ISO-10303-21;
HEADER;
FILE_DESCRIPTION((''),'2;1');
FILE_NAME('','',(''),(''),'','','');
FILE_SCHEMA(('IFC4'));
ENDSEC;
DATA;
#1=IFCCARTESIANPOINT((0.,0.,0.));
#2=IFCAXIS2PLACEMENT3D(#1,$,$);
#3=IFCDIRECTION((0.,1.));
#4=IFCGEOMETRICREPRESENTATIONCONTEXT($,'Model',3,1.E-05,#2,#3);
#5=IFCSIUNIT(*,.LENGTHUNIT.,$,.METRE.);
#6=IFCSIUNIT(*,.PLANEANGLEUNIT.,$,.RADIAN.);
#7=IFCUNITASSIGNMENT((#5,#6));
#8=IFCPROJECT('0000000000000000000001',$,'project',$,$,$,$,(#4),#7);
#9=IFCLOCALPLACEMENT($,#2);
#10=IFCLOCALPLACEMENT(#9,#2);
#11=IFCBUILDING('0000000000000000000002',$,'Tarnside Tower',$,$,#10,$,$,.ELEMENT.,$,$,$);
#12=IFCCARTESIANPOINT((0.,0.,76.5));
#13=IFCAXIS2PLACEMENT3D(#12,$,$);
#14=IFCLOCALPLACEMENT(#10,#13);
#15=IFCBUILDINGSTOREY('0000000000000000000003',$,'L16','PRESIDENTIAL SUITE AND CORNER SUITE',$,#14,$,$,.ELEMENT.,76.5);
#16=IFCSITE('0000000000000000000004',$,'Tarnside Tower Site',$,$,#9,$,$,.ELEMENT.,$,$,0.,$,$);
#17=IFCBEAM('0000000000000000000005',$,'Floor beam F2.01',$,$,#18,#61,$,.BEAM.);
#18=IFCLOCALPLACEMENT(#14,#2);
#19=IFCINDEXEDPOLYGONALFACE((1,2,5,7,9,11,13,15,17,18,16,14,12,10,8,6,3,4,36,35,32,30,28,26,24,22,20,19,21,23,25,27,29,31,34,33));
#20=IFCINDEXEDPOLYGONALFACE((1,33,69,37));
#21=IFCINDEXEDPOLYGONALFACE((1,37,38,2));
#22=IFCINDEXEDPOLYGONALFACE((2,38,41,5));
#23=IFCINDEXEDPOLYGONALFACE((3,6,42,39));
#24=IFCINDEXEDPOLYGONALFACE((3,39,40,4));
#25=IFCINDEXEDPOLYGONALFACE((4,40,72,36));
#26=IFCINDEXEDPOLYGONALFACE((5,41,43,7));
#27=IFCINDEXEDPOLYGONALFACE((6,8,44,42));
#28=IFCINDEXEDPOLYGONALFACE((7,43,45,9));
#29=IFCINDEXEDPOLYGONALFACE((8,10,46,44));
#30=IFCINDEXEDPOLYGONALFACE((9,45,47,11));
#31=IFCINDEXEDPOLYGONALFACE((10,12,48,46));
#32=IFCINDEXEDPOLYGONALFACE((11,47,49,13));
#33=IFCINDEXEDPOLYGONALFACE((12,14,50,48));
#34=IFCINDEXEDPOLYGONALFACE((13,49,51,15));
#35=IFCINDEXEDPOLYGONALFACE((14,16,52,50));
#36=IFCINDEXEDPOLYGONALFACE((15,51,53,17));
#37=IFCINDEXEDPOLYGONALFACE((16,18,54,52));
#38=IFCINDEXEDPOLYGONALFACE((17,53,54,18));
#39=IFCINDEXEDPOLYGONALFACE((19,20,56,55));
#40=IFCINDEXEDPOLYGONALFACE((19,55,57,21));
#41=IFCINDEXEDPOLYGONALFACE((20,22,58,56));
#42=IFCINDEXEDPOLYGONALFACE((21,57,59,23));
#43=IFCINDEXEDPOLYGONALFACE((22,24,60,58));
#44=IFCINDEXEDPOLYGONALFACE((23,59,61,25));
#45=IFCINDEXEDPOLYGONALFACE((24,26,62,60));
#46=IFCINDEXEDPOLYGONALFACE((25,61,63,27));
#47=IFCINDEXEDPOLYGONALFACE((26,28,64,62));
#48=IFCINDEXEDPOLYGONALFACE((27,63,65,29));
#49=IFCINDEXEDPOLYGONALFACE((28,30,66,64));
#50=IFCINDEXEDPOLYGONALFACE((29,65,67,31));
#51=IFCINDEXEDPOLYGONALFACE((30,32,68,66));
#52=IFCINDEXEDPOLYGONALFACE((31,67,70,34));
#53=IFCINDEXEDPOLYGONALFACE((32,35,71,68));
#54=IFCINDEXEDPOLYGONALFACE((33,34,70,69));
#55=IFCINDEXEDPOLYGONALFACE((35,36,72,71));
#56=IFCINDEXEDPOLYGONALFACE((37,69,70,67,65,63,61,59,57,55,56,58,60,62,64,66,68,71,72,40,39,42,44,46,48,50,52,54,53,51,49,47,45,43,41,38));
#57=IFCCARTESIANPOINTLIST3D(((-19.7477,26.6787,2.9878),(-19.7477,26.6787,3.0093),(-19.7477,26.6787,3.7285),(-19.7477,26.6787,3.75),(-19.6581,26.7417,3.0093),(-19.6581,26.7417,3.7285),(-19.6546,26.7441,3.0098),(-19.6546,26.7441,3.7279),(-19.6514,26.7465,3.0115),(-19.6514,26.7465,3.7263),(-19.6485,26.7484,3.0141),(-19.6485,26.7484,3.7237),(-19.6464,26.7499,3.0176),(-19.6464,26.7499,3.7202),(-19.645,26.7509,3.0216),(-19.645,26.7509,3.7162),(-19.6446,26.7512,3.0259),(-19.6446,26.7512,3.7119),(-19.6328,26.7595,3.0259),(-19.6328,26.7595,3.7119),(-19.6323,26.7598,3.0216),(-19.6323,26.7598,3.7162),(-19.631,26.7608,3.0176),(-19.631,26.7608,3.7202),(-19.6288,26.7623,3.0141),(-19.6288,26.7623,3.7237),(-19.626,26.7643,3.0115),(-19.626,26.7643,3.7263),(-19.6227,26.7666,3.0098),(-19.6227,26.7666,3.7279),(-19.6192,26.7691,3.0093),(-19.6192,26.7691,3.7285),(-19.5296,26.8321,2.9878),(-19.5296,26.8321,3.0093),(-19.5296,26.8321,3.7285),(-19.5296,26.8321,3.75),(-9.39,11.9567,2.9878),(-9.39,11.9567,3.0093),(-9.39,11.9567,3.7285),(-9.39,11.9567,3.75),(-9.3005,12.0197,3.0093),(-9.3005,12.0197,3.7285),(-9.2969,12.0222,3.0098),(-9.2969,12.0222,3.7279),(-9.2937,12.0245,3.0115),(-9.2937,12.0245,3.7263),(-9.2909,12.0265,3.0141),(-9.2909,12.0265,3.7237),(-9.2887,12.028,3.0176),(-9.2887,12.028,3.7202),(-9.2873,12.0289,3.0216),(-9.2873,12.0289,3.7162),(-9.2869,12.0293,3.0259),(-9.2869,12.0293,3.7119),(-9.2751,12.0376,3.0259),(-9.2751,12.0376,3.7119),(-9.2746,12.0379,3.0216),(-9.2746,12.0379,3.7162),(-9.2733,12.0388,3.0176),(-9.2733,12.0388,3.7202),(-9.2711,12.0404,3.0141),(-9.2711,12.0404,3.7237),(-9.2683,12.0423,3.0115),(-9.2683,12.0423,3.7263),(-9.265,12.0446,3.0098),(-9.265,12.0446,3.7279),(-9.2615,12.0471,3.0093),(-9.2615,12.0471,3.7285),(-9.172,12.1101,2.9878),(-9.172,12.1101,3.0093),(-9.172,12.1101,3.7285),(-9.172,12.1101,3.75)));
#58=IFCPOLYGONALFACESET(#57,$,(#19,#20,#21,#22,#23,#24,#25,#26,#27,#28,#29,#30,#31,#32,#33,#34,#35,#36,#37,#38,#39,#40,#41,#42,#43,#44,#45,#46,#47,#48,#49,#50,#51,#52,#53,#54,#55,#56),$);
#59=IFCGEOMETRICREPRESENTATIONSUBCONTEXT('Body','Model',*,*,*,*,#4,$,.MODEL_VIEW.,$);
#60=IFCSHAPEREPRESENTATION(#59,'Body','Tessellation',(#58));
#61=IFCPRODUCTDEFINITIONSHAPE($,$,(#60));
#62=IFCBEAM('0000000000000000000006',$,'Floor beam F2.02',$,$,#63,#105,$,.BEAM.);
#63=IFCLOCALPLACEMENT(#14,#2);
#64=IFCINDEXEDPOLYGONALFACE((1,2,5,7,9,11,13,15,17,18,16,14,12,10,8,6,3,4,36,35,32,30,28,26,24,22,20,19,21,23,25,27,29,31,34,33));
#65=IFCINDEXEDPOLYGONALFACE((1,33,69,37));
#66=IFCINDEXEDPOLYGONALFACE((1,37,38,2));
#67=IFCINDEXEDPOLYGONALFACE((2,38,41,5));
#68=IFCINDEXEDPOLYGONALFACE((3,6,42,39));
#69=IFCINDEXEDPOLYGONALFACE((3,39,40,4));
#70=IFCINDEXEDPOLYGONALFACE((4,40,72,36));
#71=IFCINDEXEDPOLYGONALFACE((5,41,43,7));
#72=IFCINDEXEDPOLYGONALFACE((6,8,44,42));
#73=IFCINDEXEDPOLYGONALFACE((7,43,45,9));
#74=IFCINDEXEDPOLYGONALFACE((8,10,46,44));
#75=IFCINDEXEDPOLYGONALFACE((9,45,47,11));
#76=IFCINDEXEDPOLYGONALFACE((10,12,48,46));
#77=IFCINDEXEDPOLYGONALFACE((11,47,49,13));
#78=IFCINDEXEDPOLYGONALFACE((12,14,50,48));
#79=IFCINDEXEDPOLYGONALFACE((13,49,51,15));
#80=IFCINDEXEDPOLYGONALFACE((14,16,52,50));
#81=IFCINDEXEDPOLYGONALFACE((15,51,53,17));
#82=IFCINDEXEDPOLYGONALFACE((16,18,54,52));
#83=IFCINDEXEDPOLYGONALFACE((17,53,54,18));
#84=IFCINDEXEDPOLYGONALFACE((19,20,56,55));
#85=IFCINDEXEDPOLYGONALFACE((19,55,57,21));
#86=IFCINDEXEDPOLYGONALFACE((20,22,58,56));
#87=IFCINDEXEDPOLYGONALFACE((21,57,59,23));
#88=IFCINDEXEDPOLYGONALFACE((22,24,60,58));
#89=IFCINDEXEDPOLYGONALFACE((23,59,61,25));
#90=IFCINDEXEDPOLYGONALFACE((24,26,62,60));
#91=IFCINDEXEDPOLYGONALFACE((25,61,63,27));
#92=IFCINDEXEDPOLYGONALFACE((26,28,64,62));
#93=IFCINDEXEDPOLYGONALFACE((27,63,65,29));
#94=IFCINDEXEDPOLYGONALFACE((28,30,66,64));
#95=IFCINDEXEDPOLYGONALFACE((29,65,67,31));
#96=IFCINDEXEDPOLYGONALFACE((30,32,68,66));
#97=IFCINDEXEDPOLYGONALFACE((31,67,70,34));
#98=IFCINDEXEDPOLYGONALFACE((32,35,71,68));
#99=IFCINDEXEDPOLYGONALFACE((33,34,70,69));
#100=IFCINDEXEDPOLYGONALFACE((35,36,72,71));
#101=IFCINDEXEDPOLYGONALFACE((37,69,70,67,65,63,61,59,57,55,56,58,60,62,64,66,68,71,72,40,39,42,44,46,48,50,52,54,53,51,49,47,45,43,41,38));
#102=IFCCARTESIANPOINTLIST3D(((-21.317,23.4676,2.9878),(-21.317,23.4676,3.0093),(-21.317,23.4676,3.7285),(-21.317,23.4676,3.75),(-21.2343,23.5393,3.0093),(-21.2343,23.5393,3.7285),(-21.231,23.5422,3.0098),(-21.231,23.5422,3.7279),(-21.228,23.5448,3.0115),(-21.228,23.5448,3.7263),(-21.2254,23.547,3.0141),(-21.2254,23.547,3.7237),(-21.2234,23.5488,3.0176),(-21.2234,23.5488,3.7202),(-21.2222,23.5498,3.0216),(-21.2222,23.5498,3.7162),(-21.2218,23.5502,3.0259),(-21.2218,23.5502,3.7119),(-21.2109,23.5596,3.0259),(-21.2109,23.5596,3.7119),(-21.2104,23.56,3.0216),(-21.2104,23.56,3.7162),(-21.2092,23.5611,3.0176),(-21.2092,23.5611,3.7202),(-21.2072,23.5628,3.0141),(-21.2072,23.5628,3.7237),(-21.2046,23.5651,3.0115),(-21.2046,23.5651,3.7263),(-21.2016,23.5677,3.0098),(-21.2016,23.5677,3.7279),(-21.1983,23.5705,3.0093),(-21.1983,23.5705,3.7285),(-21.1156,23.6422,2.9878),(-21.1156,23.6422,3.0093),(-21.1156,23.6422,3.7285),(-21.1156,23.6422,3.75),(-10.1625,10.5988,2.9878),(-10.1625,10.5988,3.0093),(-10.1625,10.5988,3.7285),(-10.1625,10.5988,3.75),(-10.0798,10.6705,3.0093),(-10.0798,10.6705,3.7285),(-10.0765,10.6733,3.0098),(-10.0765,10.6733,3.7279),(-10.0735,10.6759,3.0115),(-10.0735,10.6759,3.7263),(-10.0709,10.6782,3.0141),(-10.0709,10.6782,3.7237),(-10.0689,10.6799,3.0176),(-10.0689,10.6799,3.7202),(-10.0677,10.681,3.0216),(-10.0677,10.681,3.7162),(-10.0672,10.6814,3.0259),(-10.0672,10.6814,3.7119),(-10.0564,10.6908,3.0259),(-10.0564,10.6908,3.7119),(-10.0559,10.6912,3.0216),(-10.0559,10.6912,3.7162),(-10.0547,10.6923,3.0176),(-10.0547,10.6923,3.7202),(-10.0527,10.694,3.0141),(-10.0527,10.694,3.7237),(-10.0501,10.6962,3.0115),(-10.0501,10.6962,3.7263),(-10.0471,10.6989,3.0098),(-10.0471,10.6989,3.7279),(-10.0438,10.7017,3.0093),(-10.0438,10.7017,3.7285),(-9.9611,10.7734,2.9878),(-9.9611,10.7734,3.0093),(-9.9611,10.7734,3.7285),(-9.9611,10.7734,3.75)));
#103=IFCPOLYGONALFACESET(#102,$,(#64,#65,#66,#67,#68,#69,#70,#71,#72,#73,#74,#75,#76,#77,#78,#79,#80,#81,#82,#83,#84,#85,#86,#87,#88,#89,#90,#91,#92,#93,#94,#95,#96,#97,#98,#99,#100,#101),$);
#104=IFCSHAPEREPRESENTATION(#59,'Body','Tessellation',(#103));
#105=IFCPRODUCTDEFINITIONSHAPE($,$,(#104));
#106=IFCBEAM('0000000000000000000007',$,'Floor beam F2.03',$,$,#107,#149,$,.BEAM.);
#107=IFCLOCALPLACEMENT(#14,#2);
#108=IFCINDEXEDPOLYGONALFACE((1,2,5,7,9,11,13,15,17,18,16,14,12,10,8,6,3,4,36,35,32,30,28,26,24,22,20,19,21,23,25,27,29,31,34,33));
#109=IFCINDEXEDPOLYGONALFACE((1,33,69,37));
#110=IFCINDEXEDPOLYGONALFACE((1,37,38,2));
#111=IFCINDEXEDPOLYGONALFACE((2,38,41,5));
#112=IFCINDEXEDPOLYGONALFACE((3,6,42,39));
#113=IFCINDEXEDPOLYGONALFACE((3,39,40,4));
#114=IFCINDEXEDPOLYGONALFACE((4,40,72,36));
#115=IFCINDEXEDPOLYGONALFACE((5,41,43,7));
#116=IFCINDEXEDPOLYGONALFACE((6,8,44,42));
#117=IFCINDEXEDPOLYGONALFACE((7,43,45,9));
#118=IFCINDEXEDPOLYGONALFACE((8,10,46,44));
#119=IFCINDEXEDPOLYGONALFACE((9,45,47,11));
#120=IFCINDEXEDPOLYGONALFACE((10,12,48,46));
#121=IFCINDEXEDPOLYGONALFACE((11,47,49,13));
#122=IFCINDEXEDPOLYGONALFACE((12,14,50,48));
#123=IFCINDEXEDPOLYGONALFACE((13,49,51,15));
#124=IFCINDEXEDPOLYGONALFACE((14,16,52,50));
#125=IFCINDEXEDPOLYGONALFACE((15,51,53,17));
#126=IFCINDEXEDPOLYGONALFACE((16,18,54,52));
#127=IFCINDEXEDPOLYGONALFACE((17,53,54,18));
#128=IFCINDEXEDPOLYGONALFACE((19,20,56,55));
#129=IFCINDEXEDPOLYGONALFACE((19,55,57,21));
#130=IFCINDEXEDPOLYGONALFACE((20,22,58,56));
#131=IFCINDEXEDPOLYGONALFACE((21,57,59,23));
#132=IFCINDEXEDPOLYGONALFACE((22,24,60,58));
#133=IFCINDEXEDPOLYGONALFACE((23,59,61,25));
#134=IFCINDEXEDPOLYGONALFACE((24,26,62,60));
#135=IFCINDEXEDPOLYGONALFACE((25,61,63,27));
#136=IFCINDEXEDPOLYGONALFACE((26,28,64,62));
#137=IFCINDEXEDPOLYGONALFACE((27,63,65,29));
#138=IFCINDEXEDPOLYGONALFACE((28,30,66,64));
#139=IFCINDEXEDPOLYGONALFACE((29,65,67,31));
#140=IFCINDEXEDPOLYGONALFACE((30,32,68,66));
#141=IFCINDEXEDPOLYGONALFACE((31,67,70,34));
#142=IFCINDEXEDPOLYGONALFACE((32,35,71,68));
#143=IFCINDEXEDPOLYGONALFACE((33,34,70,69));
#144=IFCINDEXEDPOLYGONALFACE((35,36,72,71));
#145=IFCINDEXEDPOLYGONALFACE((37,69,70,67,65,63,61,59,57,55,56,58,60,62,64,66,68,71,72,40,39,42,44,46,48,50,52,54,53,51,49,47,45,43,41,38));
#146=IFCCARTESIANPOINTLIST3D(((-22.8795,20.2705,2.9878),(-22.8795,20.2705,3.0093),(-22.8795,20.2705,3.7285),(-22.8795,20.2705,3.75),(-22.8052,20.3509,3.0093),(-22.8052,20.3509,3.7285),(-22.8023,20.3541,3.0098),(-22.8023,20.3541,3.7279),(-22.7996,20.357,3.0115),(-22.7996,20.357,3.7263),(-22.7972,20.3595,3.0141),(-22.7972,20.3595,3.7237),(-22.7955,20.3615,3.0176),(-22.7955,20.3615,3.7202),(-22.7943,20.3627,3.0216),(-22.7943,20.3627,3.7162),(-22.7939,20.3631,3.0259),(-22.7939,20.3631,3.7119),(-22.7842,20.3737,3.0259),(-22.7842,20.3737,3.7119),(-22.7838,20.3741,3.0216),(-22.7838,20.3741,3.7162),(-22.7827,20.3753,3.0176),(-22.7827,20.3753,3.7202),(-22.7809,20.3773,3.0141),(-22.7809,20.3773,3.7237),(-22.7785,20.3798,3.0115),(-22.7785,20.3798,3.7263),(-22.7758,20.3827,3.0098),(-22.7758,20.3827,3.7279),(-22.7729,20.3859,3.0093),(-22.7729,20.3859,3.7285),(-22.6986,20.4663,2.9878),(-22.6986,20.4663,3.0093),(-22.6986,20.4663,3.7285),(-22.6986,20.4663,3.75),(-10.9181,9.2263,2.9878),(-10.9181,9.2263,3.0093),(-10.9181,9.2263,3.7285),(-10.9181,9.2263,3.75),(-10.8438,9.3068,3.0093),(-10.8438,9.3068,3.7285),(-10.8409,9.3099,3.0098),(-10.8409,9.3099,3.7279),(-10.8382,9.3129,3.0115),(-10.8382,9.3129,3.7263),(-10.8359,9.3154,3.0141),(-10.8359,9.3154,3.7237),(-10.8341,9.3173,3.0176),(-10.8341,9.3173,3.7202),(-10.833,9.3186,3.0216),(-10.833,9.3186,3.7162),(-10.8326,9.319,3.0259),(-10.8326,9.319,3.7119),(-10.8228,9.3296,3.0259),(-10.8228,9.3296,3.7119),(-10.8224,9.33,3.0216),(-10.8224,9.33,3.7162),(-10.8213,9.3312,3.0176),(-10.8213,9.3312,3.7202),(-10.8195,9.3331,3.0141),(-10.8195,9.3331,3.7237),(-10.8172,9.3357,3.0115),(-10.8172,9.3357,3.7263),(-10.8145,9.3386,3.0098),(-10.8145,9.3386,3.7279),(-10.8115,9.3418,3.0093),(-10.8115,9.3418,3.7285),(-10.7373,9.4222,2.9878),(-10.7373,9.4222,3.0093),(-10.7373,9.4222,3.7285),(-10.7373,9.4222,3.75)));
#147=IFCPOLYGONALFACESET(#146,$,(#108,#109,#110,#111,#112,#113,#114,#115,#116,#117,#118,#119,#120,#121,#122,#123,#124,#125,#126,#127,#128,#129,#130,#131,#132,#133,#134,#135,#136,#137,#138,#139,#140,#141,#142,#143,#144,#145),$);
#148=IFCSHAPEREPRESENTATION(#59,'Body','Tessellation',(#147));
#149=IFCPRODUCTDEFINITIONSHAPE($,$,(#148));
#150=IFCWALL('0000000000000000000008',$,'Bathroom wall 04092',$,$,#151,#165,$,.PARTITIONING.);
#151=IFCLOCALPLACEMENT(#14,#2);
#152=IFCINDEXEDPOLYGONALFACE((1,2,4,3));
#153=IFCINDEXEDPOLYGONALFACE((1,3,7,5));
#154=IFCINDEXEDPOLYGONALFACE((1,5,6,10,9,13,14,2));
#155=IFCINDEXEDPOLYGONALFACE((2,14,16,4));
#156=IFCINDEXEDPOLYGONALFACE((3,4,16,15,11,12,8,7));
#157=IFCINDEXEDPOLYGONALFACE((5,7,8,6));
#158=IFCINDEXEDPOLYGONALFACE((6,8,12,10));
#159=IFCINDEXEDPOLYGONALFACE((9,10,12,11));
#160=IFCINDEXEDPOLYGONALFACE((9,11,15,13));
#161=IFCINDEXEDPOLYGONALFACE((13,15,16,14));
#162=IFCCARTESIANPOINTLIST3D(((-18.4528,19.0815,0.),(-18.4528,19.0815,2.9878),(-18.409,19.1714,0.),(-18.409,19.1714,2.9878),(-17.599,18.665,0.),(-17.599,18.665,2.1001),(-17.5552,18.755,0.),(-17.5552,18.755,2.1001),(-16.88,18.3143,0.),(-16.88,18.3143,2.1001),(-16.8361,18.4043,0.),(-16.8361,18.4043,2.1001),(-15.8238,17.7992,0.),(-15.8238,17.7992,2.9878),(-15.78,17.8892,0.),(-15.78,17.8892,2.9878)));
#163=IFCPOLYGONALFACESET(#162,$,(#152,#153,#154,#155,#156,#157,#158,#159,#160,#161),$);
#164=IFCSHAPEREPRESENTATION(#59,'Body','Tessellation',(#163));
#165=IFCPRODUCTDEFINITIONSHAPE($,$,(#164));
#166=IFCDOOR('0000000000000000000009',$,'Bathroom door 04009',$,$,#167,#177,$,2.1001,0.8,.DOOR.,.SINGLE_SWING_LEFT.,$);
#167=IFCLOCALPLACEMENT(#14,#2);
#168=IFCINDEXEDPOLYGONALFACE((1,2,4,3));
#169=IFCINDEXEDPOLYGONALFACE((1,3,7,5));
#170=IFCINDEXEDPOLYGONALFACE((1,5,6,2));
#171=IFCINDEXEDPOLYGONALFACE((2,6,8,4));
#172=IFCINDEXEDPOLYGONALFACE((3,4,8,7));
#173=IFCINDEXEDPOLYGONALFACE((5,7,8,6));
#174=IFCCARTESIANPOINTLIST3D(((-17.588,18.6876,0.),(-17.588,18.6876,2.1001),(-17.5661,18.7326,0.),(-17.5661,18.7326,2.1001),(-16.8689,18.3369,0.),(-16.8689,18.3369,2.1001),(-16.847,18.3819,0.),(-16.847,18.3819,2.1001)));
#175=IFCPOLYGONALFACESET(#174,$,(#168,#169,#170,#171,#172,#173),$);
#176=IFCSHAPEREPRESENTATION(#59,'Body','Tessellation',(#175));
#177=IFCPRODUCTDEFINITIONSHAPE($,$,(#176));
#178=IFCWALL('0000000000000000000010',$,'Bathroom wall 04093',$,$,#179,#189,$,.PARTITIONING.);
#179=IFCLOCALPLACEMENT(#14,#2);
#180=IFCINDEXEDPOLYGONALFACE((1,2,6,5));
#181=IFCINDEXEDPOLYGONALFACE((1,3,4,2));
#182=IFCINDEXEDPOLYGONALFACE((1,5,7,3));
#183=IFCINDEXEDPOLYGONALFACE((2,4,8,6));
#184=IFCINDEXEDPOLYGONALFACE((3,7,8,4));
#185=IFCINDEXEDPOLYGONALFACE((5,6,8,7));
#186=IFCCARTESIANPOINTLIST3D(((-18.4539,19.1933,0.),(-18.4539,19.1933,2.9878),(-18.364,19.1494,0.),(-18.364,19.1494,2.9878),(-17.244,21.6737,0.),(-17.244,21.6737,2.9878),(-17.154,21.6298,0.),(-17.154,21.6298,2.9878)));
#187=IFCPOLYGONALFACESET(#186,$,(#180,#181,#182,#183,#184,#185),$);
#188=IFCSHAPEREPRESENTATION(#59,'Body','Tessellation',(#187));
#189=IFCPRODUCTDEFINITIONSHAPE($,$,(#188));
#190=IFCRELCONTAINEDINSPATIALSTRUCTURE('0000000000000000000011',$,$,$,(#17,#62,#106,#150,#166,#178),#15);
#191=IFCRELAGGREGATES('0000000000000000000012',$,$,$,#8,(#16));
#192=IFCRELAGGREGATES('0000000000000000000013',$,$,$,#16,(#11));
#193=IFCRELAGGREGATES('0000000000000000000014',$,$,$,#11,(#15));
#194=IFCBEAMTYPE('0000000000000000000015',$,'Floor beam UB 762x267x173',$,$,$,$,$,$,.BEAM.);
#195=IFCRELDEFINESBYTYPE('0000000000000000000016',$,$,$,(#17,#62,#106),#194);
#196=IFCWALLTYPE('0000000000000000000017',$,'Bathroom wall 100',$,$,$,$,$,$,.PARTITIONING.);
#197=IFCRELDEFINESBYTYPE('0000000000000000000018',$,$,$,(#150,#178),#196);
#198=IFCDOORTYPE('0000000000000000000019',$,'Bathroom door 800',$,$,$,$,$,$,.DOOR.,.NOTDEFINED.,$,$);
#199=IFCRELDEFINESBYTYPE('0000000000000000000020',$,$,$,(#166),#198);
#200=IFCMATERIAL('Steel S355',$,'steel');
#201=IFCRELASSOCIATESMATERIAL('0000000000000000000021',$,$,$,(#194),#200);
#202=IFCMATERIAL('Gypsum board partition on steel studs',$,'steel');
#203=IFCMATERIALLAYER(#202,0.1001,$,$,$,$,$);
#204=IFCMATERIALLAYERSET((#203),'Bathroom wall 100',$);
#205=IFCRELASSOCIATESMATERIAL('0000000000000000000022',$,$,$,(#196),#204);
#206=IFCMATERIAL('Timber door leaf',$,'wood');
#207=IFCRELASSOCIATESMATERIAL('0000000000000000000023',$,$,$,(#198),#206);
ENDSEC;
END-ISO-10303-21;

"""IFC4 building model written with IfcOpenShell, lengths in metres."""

from ifc_helpers import new_model, si_unit, direction, frame, frame_2d, origin, origin_2d, place, context, subcontext, project, spatial, rectangle, i_section, extrude, material, layer, layer_set, material_profile, profile_set, type_object, element, fill, save


model = new_model("IFC4")

# Units and contexts
model_context = context("Model", 3, precision=1e-05, world=origin(), true_north=direction((0.0, 1.0)))
body_context = subcontext(model_context, "Body", "Model", "MODEL_VIEW")
ifc_project = project(units=[si_unit("LENGTHUNIT", "METRE"), si_unit("PLANEANGLEUNIT", "RADIAN")], contexts=[model_context])

# Site, building, storey
site_placement = place(None, origin())
site = spatial("IfcSite", under=ifc_project, at=site_placement, Name="Tarnside Tower Site", CompositionType="ELEMENT", RefElevation=0.0)
building_placement = place(site_placement, origin())
building = spatial("IfcBuilding", under=site, at=building_placement, Name="Tarnside Tower", CompositionType="ELEMENT")
storey_placement = place(building_placement, frame((0.0, 0.0, 76.5)))
storey = spatial("IfcBuildingStorey", under=building, at=storey_placement, Name="L16", Description="PRESIDENTIAL SUITE AND CORNER SUITE", CompositionType="ELEMENT", Elevation=76.5)

# Beams
ifc_material_1 = material(Name="Steel S355", Category="steel")
ifc_material_profile_1 = material_profile(ifc_material_1, i_section(OverallWidth=0.2666, OverallDepth=0.7622, WebThickness=0.0144, FlangeThickness=0.0215, FilletRadius=0.0166, at=origin_2d()), Name="UB 762x267x173")
ifc_profile_set_1 = profile_set([ifc_material_profile_1], Name="Steel S355")
beam_type_1 = type_object("IfcBeamType", Name="Floor beam UB 762x267x173", PredefinedType="BEAM", material=ifc_profile_set_1)
beam_1_placement = place(storey_placement, frame((-19.6387, 26.7554, 3.3689), z_axis=(0.575411, -0.817864, 0.0), x_axis=(0.817864, 0.575411, 0.0)))
element("IfcBeam", 1, at=beam_1_placement, inside=storey, type_object=beam_type_1, Name="Floor beam F2.01", PredefinedType="BEAM", context=body_context, shape_type="SweptSolid", body=[
    extrude(i_section(OverallWidth=0.2666, OverallDepth=0.7622, WebThickness=0.0144, FlangeThickness=0.0215, FilletRadius=0.0166, at=origin_2d()), origin(), (0.0, 0.0, 1.0), 18.0005),
])
beam_2_placement = place(storey_placement, frame((-21.2163, 23.5549, 3.3689), z_axis=(0.654981, -0.755646, 0.0), x_axis=(0.755646, 0.654981, 0.0)))
element("IfcBeam", 2, at=beam_2_placement, inside=storey, type_object=beam_type_1, Name="Floor beam F2.02", PredefinedType="BEAM", context=body_context, shape_type="SweptSolid", body=[
    extrude(i_section(OverallWidth=0.2666, OverallDepth=0.7622, WebThickness=0.0144, FlangeThickness=0.0215, FilletRadius=0.0166, at=origin_2d()), origin(), (0.0, 0.0, 1.0), 17.0303),
])
beam_3_placement = place(storey_placement, frame((-22.7891, 20.3684, 3.3689), z_axis=(0.734715, -0.678375, 0.0), x_axis=(0.678375, 0.734715, 0.0)))
element("IfcBeam", 3, at=beam_3_placement, inside=storey, type_object=beam_type_1, Name="Floor beam F2.03", PredefinedType="BEAM", context=body_context, shape_type="SweptSolid", body=[
    extrude(i_section(OverallWidth=0.2666, OverallDepth=0.7622, WebThickness=0.0144, FlangeThickness=0.0215, FilletRadius=0.0166, at=origin_2d()), origin(), (0.0, 0.0, 1.0), 16.2803),
])

# Wall, opening, door
ifc_material_2 = material(Name="Gypsum board partition on steel studs", Category="steel")
ifc_layer_1 = layer(ifc_material_2, 0.1001)
ifc_layer_set_1 = layer_set([ifc_layer_1], Name="Bathroom wall 100")
wall_type_1 = type_object("IfcWallType", Name="Bathroom wall 100", PredefinedType="PARTITIONING", material=ifc_layer_set_1)
wall_1_placement = place(storey_placement, frame((-15.802, 17.8442, 0.0), z_axis=(0.0, 0.0, 1.0), x_axis=(-0.898791, 0.438378, 0.0)))
wall_1 = element("IfcWall", 4, at=wall_1_placement, inside=storey, type_object=wall_type_1, Name="Bathroom wall 04092", PredefinedType="PARTITIONING", context=body_context, shape_type="SweptSolid", body=[
    extrude(rectangle(XDim=2.925, YDim=0.1001, at=frame_2d((1.4624, 0.0))), origin(), (0.0, 0.0, 1.0), 2.9878),
])
opening_1_placement = place(wall_1_placement, frame((1.175, 0.0, 0.0)))
opening_1 = element("IfcOpeningElement", 5, at=opening_1_placement, cuts=wall_1, PredefinedType="OPENING", context=body_context, shape_type="SweptSolid", body=[
    extrude(rectangle(XDim=0.8, YDim=2.1001, at=frame_2d((0.3999, 1.05))), frame((0.0, 0.0601, 0.0), z_axis=(0.0, -1.0, 0.0), x_axis=(1.0, 0.0, 0.0)), (0.0, 0.0, 1.0), 0.1201),
])
ifc_material_3 = material(Name="Timber door leaf", Category="wood")
door_type_1 = type_object("IfcDoorType", Name="Bathroom door 800", OperationType="NOTDEFINED", PredefinedType="DOOR", material=ifc_material_3)
door_1_placement = place(opening_1_placement, origin())
door_1 = element("IfcDoor", 6, at=door_1_placement, inside=storey, type_object=door_type_1, Name="Bathroom door 04009", OperationType="SINGLE_SWING_LEFT", OverallHeight=2.1001, OverallWidth=0.8, PredefinedType="DOOR", context=body_context, shape_type="SweptSolid", body=[
    extrude(rectangle(XDim=0.8, YDim=2.1001, at=frame_2d((0.3999, 1.05))), frame((0.0, 0.0249, 0.0), z_axis=(0.0, -1.0, 0.0), x_axis=(1.0, 0.0, 0.0)), (0.0, 0.0, 1.0), 0.05),
])
fill(opening_1, door_1)

# Wall
wall_2_placement = place(storey_placement, frame((-18.4089, 19.1714, 0.0), z_axis=(0.0, 0.0, 1.0), x_axis=(0.438417, 0.898772, 0.0)))
element("IfcWall", 7, at=wall_2_placement, inside=storey, type_object=wall_type_1, Name="Bathroom wall 04093", PredefinedType="PARTITIONING", context=body_context, shape_type="SweptSolid", body=[
    extrude(rectangle(XDim=2.7598, YDim=0.1001, at=frame_2d((1.3799, 0.0))), origin(), (0.0, 0.0, 1.0), 2.9878),
])

save(model, "model.ifc")
